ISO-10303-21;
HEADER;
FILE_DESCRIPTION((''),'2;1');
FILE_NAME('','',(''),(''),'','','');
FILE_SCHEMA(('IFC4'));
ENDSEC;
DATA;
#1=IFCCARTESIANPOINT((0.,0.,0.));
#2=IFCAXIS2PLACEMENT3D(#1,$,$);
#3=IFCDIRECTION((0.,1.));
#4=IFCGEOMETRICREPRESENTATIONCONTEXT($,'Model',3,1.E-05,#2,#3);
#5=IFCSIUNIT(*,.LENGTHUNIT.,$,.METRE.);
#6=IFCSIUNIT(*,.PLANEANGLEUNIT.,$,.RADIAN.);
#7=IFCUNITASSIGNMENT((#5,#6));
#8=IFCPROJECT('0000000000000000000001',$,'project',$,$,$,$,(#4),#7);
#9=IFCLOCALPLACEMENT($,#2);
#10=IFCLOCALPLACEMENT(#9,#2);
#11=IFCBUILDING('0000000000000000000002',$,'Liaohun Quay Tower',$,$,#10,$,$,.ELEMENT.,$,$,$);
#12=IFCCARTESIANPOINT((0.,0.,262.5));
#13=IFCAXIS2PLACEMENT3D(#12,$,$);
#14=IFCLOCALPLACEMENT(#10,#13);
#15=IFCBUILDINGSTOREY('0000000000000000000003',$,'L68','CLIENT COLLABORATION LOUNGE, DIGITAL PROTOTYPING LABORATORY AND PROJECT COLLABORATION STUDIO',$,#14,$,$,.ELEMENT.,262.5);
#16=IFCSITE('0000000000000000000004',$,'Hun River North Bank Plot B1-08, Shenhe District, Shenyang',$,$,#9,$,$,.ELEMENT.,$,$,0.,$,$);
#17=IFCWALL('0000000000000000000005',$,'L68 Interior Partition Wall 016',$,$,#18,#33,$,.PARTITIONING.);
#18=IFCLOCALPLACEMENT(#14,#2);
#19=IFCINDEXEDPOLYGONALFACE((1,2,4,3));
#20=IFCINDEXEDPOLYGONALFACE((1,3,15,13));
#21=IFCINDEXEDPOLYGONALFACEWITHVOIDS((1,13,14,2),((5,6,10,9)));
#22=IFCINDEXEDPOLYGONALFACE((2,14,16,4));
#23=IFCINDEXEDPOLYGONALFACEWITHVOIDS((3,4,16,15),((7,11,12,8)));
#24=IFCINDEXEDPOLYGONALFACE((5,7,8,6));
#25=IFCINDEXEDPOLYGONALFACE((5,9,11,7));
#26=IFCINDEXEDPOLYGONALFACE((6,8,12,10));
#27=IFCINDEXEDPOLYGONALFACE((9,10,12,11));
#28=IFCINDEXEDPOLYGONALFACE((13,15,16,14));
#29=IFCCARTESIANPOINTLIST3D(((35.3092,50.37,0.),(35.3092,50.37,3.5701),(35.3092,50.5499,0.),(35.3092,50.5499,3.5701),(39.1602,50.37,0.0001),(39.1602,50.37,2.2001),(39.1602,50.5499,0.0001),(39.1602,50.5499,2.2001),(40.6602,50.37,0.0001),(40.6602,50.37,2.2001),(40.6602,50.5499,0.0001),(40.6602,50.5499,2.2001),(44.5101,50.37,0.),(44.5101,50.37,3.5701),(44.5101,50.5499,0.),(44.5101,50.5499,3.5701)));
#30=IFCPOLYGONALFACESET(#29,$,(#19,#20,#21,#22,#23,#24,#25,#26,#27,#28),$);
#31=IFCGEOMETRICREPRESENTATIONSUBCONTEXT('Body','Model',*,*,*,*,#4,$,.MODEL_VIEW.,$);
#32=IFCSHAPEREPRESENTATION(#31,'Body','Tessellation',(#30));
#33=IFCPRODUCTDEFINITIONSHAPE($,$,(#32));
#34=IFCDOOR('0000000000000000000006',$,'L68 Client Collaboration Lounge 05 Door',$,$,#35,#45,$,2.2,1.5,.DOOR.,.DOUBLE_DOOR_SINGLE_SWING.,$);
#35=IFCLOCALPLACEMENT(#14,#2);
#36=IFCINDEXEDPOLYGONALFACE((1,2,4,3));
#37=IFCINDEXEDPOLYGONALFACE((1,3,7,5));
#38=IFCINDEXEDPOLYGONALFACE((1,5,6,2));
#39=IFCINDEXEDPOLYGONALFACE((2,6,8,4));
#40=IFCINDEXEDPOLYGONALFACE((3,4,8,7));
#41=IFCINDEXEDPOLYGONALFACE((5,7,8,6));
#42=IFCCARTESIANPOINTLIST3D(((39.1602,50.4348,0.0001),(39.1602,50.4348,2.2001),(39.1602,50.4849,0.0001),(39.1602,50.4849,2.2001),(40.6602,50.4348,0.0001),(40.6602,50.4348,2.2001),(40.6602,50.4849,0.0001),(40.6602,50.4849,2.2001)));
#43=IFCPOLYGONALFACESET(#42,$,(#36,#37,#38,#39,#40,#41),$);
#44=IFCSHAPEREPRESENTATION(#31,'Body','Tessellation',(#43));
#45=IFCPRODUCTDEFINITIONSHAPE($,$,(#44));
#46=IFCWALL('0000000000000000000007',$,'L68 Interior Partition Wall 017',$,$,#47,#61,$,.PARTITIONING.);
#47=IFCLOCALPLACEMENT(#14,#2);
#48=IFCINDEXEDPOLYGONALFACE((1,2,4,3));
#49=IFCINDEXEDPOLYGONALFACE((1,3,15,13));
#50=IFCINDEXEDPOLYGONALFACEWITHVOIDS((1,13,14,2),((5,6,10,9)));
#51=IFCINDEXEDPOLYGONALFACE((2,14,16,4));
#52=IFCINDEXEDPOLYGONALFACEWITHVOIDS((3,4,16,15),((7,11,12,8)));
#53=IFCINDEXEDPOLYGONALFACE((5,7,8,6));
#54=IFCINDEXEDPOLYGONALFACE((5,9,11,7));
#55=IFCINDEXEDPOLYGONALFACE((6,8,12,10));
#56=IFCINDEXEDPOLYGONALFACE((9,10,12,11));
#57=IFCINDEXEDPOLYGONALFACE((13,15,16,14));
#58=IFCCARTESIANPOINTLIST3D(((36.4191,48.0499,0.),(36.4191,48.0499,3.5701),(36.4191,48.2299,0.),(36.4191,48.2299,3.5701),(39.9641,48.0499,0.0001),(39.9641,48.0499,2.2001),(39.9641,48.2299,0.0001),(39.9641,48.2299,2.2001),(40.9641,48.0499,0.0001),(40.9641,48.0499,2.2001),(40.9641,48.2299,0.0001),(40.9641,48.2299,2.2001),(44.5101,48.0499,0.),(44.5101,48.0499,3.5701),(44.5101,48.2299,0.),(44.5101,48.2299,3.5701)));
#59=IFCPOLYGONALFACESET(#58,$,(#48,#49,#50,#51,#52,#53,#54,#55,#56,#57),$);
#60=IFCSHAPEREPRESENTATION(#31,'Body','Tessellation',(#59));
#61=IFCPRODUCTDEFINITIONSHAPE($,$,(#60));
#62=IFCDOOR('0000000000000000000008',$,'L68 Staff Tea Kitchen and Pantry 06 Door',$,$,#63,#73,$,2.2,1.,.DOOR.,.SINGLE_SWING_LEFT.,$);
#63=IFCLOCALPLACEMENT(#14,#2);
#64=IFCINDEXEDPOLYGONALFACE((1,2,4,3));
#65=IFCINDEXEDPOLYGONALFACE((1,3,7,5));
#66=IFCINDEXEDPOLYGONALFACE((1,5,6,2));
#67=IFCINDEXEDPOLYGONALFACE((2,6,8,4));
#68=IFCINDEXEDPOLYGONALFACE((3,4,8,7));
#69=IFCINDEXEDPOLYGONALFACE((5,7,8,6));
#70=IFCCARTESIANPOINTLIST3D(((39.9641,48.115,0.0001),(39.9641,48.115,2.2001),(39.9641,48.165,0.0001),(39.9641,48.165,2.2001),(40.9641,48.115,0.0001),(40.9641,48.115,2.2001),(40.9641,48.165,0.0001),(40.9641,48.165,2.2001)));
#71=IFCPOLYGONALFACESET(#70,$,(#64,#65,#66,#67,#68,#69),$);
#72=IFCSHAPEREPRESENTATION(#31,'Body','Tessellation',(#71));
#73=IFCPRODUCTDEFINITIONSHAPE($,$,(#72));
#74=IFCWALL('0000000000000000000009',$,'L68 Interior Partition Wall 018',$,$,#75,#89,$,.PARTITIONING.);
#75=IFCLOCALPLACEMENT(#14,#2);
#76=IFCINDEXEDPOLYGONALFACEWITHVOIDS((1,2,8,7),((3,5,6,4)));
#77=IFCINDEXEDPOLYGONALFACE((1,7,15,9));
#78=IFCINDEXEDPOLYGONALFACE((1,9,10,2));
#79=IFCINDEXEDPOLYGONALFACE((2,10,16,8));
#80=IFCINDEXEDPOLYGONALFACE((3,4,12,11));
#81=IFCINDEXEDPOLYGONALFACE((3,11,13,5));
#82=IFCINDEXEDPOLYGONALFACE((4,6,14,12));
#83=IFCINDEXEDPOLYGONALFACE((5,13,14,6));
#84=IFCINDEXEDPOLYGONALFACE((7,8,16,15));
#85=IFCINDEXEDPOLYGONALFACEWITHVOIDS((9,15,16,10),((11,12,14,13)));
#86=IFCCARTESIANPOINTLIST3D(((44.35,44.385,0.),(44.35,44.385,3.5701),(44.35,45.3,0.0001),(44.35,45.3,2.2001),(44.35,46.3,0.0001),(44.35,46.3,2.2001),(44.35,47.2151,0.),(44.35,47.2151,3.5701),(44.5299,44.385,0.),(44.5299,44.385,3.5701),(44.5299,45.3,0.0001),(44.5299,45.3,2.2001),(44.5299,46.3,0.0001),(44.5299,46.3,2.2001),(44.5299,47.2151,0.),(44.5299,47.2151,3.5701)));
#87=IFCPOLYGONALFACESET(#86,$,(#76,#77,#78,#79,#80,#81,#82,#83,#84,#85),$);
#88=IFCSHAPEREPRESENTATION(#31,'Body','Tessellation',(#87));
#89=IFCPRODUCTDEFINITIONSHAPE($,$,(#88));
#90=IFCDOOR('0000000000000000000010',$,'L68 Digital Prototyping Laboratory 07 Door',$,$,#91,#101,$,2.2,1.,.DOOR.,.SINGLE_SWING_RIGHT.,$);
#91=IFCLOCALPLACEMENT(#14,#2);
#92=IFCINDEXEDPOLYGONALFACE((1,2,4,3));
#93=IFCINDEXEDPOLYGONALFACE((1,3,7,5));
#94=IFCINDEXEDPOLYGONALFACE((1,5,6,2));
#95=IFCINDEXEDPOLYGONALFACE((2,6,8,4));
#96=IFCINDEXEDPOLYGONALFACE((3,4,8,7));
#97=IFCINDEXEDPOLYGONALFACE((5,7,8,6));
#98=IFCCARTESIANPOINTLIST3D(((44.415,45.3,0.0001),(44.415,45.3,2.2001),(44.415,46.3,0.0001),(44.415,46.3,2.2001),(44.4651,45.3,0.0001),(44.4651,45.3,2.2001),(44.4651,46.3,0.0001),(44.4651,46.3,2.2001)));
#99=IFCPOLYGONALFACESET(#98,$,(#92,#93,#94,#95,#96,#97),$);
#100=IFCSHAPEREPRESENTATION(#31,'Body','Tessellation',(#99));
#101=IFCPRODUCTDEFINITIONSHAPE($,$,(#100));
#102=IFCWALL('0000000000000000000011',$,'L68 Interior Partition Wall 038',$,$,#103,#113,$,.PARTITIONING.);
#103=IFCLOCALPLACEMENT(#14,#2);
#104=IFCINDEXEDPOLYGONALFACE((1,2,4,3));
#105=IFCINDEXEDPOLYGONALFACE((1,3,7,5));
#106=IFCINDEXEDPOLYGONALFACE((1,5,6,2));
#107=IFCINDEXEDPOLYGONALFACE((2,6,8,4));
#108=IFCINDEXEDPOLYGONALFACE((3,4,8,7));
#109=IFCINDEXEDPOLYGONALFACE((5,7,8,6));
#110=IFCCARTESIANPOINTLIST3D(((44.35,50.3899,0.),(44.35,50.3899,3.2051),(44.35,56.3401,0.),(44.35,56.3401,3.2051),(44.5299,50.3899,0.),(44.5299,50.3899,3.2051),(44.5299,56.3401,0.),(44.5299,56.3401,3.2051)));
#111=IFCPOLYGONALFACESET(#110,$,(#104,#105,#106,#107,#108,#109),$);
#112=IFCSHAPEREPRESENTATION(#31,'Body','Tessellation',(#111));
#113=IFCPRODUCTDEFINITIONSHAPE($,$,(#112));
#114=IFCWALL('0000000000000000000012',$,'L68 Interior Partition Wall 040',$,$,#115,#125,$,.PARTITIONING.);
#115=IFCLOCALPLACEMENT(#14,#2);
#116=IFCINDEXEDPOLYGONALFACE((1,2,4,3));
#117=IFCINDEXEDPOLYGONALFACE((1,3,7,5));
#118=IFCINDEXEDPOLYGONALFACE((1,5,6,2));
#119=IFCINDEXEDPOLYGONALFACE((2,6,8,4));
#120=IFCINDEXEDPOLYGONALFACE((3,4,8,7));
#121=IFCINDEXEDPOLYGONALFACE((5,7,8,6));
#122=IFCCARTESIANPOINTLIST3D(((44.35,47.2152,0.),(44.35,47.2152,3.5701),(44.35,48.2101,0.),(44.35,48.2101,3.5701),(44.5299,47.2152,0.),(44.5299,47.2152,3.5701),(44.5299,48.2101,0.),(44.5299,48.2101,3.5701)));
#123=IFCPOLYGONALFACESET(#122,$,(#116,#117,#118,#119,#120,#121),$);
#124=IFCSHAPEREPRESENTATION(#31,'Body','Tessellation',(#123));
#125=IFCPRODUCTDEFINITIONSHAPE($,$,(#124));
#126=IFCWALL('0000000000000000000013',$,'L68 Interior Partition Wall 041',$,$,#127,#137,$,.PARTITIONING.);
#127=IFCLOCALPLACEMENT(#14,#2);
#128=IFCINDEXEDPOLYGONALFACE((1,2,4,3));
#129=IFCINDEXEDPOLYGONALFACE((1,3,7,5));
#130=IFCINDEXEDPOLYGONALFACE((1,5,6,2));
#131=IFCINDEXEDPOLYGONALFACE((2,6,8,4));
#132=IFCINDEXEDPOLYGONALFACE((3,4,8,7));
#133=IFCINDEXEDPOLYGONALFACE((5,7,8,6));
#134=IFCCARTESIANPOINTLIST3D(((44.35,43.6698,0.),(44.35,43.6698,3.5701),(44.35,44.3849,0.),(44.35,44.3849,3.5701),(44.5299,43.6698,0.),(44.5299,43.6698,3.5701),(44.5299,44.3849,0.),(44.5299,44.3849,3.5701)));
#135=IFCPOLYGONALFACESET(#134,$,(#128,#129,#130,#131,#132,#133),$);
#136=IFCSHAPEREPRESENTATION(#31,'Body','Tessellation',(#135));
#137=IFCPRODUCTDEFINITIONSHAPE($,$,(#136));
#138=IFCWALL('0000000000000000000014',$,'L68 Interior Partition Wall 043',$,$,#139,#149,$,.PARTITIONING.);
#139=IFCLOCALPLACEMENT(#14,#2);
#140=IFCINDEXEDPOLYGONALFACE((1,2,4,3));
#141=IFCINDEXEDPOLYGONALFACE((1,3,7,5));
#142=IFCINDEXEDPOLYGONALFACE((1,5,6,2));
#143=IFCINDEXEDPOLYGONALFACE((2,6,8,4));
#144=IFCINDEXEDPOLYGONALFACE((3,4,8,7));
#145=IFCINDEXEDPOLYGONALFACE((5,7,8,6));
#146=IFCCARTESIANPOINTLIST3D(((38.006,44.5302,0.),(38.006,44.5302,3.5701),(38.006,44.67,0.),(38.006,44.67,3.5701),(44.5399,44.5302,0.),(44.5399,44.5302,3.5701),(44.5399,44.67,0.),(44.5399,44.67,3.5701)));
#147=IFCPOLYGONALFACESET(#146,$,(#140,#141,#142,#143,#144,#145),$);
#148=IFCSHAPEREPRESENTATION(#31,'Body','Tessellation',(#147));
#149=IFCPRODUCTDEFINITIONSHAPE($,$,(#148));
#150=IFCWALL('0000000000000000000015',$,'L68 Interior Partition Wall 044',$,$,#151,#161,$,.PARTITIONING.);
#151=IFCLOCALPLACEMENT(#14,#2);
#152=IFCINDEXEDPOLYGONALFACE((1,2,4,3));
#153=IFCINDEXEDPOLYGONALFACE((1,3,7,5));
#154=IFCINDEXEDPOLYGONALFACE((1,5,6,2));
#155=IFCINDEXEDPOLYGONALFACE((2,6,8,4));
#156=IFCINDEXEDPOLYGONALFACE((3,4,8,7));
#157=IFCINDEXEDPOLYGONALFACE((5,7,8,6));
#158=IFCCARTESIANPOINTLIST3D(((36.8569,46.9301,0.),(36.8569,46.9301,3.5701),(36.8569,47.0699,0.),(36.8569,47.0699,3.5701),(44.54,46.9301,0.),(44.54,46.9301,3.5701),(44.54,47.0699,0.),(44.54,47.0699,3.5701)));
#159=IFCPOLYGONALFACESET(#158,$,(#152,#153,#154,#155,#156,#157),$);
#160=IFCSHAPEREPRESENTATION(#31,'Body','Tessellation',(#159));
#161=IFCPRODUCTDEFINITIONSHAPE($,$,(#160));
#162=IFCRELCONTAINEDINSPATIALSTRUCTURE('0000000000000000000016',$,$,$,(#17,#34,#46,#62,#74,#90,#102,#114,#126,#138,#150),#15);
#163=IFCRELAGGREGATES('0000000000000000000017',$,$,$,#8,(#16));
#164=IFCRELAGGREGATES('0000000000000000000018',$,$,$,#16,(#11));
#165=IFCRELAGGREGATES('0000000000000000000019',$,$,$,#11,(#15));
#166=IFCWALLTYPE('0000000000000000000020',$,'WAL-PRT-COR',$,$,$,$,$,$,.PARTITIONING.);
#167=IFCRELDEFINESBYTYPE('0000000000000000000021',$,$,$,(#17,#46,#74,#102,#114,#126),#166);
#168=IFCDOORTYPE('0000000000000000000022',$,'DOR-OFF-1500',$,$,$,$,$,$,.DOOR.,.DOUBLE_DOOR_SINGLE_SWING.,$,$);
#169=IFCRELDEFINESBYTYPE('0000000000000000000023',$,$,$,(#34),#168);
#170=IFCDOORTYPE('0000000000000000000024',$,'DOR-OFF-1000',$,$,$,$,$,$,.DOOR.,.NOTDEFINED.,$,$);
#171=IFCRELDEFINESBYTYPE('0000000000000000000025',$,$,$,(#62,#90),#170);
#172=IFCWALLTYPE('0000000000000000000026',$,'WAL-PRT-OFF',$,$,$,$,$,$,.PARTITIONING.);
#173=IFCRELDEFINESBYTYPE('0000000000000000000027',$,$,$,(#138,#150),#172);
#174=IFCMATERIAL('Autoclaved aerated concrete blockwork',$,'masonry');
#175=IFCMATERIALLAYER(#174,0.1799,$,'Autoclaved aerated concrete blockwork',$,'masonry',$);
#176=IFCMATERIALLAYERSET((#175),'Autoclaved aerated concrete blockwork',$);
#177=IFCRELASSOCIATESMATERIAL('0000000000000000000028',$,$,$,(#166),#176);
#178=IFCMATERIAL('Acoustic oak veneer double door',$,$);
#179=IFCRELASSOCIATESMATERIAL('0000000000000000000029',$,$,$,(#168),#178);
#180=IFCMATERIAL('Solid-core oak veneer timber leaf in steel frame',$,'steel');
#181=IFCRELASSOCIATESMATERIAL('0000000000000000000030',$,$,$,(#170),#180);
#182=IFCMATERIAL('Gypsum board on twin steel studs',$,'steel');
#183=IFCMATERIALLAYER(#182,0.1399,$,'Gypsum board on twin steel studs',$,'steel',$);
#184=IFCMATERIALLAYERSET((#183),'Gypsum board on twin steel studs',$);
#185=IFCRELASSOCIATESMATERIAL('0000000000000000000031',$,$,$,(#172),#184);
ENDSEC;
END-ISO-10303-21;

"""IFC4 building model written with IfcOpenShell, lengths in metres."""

from ifc_helpers import new_model, si_unit, direction, frame, frame_2d, origin, place, context, subcontext, project, spatial, rectangle, extrude, source, transform, mapped, material, layer, layer_set, type_object, element, fill, save


model = new_model("IFC4")

# Units and contexts
model_context = context("Model", 3, precision=1e-05, world=origin(), true_north=direction((0.0, 1.0)))
body_context = subcontext(model_context, "Body", "Model", "MODEL_VIEW")
ifc_project = project(units=[si_unit("LENGTHUNIT", "METRE"), si_unit("PLANEANGLEUNIT", "RADIAN")], contexts=[model_context])

# Site, building, storey
site_placement = place(None, origin())
site = spatial("IfcSite", under=ifc_project, at=site_placement, Name="Hun River North Bank Plot B1-08, Shenhe District, Shenyang", CompositionType="ELEMENT", RefElevation=0.0)
building_placement = place(site_placement, origin())
building = spatial("IfcBuilding", under=site, at=building_placement, Name="Liaohun Quay Tower", CompositionType="ELEMENT")
storey_placement = place(building_placement, frame((0.0, 0.0, 262.5)))
storey = spatial("IfcBuildingStorey", under=building, at=storey_placement, Name="L68", Description="CLIENT COLLABORATION LOUNGE, DIGITAL PROTOTYPING LABORATORY AND PROJECT COLLABORATION STUDIO", CompositionType="ELEMENT", Elevation=262.5)

# Walls, openings, doors
ifc_material_1 = material(Name="Autoclaved aerated concrete blockwork", Category="masonry")
ifc_layer_1 = layer(ifc_material_1, 0.1799, Name="Autoclaved aerated concrete blockwork", Category="masonry")
ifc_layer_set_1 = layer_set([ifc_layer_1], Name="Autoclaved aerated concrete blockwork")
wall_type_1 = type_object("IfcWallType", Name="WAL-PRT-COR", PredefinedType="PARTITIONING", material=ifc_layer_set_1)
wall_1_placement = place(storey_placement, frame((35.3091, 50.46, 0.0), z_axis=(0.0, 0.0, 1.0), x_axis=(1.0, 0.0, 0.0)))
wall_1 = element("IfcWall", 1, at=wall_1_placement, inside=storey, type_object=wall_type_1, Name="L68 Interior Partition Wall 016", PredefinedType="PARTITIONING", context=body_context, shape_type="SweptSolid", body=[
    extrude(rectangle(XDim=9.2009, YDim=0.1799, at=frame_2d((4.6006, 0.0))), origin(), (0.0, 0.0, 1.0), 3.5701),
])
shared_shape_1 = source(origin(), body_context, "Body", "SweptSolid", [
    extrude(rectangle(XDim=1.5, YDim=2.2, at=frame_2d((0.75, 1.1001))), frame((0.0, 0.0999, 0.0), z_axis=(0.0, -1.0, 0.0), x_axis=(1.0, 0.0, 0.0)), (0.0, 0.0, 1.0), 0.2),
])
opening_1_placement = place(wall_1_placement, frame((3.8511, 0.0, 0.0)))
opening_1 = element("IfcOpeningElement", 2, at=opening_1_placement, cuts=wall_1, PredefinedType="OPENING", context=body_context, shape_type="MappedRepresentation", body=[
    mapped(shared_shape_1, transform((0.0, 0.0, 0.0), x_axis=(1.0, 0.0, 0.0), y_axis=(0.0, 1.0, 0.0), z_axis=(0.0, 0.0, 1.0), scale=1.0)),
])
ifc_material_2 = material(Name="Acoustic oak veneer double door")
door_type_1 = type_object("IfcDoorType", Name="DOR-OFF-1500", OperationType="DOUBLE_DOOR_SINGLE_SWING", PredefinedType="DOOR", material=ifc_material_2)
shared_shape_2 = source(origin(), body_context, "Body", "SweptSolid", [
    extrude(rectangle(XDim=1.5, YDim=2.2, at=frame_2d((0.75, 1.1001))), frame((0.0, 0.0249, 0.0), z_axis=(0.0, -1.0, 0.0), x_axis=(1.0, 0.0, 0.0)), (0.0, 0.0, 1.0), 0.05),
])
door_1_placement = place(opening_1_placement, origin())
door_1 = element("IfcDoor", 3, at=door_1_placement, inside=storey, type_object=door_type_1, Name="L68 Client Collaboration Lounge 05 Door", OperationType="DOUBLE_DOOR_SINGLE_SWING", OverallHeight=2.2, OverallWidth=1.5, PredefinedType="DOOR", context=body_context, shape_type="MappedRepresentation", body=[
    mapped(shared_shape_2, transform((0.0, 0.0, 0.0), x_axis=(1.0, 0.0, 0.0), y_axis=(0.0, 1.0, 0.0), z_axis=(0.0, 0.0, 1.0), scale=1.0)),
])
fill(opening_1, door_1)
wall_2_placement = place(storey_placement, frame((44.51, 48.1399, 0.0), z_axis=(0.0, 0.0, 1.0), x_axis=(-1.0, 0.0, 0.0)))
wall_2 = element("IfcWall", 4, at=wall_2_placement, inside=storey, type_object=wall_type_1, Name="L68 Interior Partition Wall 017", PredefinedType="PARTITIONING", context=body_context, shape_type="SweptSolid", body=[
    extrude(rectangle(XDim=8.0911, YDim=0.1799, at=frame_2d((4.0454, 0.0))), origin(), (0.0, 0.0, 1.0), 3.5701),
])
shared_shape_3 = source(origin(), body_context, "Body", "SweptSolid", [
    extrude(rectangle(XDim=1.0, YDim=2.2, at=frame_2d((0.5, 1.1001))), frame((0.0, 0.0999, 0.0), z_axis=(0.0, -1.0, 0.0), x_axis=(1.0, 0.0, 0.0)), (0.0, 0.0, 1.0), 0.2),
])
opening_2_placement = place(wall_2_placement, frame((3.5459, 0.0, 0.0)))
opening_2 = element("IfcOpeningElement", 5, at=opening_2_placement, cuts=wall_2, PredefinedType="OPENING", context=body_context, shape_type="MappedRepresentation", body=[
    mapped(shared_shape_3, transform((0.0, 0.0, 0.0), x_axis=(1.0, 0.0, 0.0), y_axis=(0.0, 1.0, 0.0), z_axis=(0.0, 0.0, 1.0), scale=1.0)),
])
ifc_material_3 = material(Name="Solid-core oak veneer timber leaf in steel frame", Category="steel")
door_type_2 = type_object("IfcDoorType", Name="DOR-OFF-1000", OperationType="NOTDEFINED", PredefinedType="DOOR", material=ifc_material_3)
shared_shape_4 = source(origin(), body_context, "Body", "SweptSolid", [
    extrude(rectangle(XDim=1.0, YDim=2.2, at=frame_2d((0.5, 1.1001))), frame((0.0, 0.0249, 0.0), z_axis=(0.0, -1.0, 0.0), x_axis=(1.0, 0.0, 0.0)), (0.0, 0.0, 1.0), 0.05),
])
door_2_placement = place(opening_2_placement, origin())
door_2 = element("IfcDoor", 6, at=door_2_placement, inside=storey, type_object=door_type_2, Name="L68 Staff Tea Kitchen and Pantry 06 Door", OperationType="SINGLE_SWING_LEFT", OverallHeight=2.2, OverallWidth=1.0, PredefinedType="DOOR", context=body_context, shape_type="MappedRepresentation", body=[
    mapped(shared_shape_4, transform((0.0, 0.0, 0.0), x_axis=(1.0, 0.0, 0.0), y_axis=(0.0, 1.0, 0.0), z_axis=(0.0, 0.0, 1.0), scale=1.0)),
])
fill(opening_2, door_2)
wall_3_placement = place(storey_placement, frame((44.4399, 44.385, 0.0), z_axis=(0.0, 0.0, 1.0), x_axis=(0.0, 1.0, 0.0)))
wall_3 = element("IfcWall", 7, at=wall_3_placement, inside=storey, type_object=wall_type_1, Name="L68 Interior Partition Wall 018", PredefinedType="PARTITIONING", context=body_context, shape_type="SweptSolid", body=[
    extrude(rectangle(XDim=2.8301, YDim=0.1799, at=frame_2d((1.415, 0.0))), origin(), (0.0, 0.0, 1.0), 3.5701),
])
opening_3_placement = place(wall_3_placement, frame((0.915, 0.0, 0.0)))
opening_3 = element("IfcOpeningElement", 8, at=opening_3_placement, cuts=wall_3, PredefinedType="OPENING", context=body_context, shape_type="MappedRepresentation", body=[
    mapped(shared_shape_3, transform((0.0, 0.0, 0.0), x_axis=(1.0, 0.0, 0.0), y_axis=(0.0, 1.0, 0.0), z_axis=(0.0, 0.0, 1.0), scale=1.0)),
])
door_3_placement = place(opening_3_placement, origin())
door_3 = element("IfcDoor", 9, at=door_3_placement, inside=storey, type_object=door_type_2, Name="L68 Digital Prototyping Laboratory 07 Door", OperationType="SINGLE_SWING_RIGHT", OverallHeight=2.2, OverallWidth=1.0, PredefinedType="DOOR", context=body_context, shape_type="MappedRepresentation", body=[
    mapped(shared_shape_4, transform((0.0, 0.0, 0.0), x_axis=(1.0, 0.0, 0.0), y_axis=(0.0, 1.0, 0.0), z_axis=(0.0, 0.0, 1.0), scale=1.0)),
])
fill(opening_3, door_3)

# Walls
wall_4_placement = place(storey_placement, frame((44.4399, 50.3899, 0.0), z_axis=(0.0, 0.0, 1.0), x_axis=(0.0, 1.0, 0.0)))
element("IfcWall", 10, at=wall_4_placement, inside=storey, type_object=wall_type_1, Name="L68 Interior Partition Wall 038", PredefinedType="PARTITIONING", context=body_context, shape_type="SweptSolid", body=[
    extrude(rectangle(XDim=5.9502, YDim=0.1799, at=frame_2d((2.9751, 0.0))), origin(), (0.0, 0.0, 1.0), 3.2051),
])
wall_5_placement = place(storey_placement, frame((44.4399, 47.2151, 0.0), z_axis=(0.0, 0.0, 1.0), x_axis=(0.0, 1.0, 0.0)))
element("IfcWall", 11, at=wall_5_placement, inside=storey, type_object=wall_type_1, Name="L68 Interior Partition Wall 040", PredefinedType="PARTITIONING", context=body_context, shape_type="SweptSolid", body=[
    extrude(rectangle(XDim=0.9949, YDim=0.1799, at=frame_2d((0.4976, 0.0))), origin(), (0.0, 0.0, 1.0), 3.5701),
])
wall_6_placement = place(storey_placement, frame((44.4399, 43.6699, 0.0), z_axis=(0.0, 0.0, 1.0), x_axis=(0.0, 1.0, 0.0)))
element("IfcWall", 12, at=wall_6_placement, inside=storey, type_object=wall_type_1, Name="L68 Interior Partition Wall 041", PredefinedType="PARTITIONING", context=body_context, shape_type="SweptSolid", body=[
    extrude(rectangle(XDim=0.7151, YDim=0.1799, at=frame_2d((0.3574, 0.0))), origin(), (0.0, 0.0, 1.0), 3.5701),
])
ifc_material_4 = material(Name="Gypsum board on twin steel studs", Category="steel")
ifc_layer_2 = layer(ifc_material_4, 0.1399, Name="Gypsum board on twin steel studs", Category="steel")
ifc_layer_set_2 = layer_set([ifc_layer_2], Name="Gypsum board on twin steel studs")
wall_type_2 = type_object("IfcWallType", Name="WAL-PRT-OFF", PredefinedType="PARTITIONING", material=ifc_layer_set_2)
wall_7_placement = place(storey_placement, frame((44.54, 44.6001, 0.0), z_axis=(0.0, 0.0, 1.0), x_axis=(-1.0, 0.0, 0.0)))
element("IfcWall", 13, at=wall_7_placement, inside=storey, type_object=wall_type_2, Name="L68 Interior Partition Wall 043", PredefinedType="PARTITIONING", context=body_context, shape_type="SweptSolid", body=[
    extrude(rectangle(XDim=6.5339, YDim=0.1399, at=frame_2d((3.2671, 0.0))), origin(), (0.0, 0.0, 1.0), 3.5701),
])
wall_8_placement = place(storey_placement, frame((44.54, 47.0, 0.0), z_axis=(0.0, 0.0, 1.0), x_axis=(-1.0, 0.0, 0.0)))
element("IfcWall", 14, at=wall_8_placement, inside=storey, type_object=wall_type_2, Name="L68 Interior Partition Wall 044", PredefinedType="PARTITIONING", context=body_context, shape_type="SweptSolid", body=[
    extrude(rectangle(XDim=7.6831, YDim=0.1399, at=frame_2d((3.8416, 0.0))), origin(), (0.0, 0.0, 1.0), 3.5701),
])

save(model, "model.ifc")
